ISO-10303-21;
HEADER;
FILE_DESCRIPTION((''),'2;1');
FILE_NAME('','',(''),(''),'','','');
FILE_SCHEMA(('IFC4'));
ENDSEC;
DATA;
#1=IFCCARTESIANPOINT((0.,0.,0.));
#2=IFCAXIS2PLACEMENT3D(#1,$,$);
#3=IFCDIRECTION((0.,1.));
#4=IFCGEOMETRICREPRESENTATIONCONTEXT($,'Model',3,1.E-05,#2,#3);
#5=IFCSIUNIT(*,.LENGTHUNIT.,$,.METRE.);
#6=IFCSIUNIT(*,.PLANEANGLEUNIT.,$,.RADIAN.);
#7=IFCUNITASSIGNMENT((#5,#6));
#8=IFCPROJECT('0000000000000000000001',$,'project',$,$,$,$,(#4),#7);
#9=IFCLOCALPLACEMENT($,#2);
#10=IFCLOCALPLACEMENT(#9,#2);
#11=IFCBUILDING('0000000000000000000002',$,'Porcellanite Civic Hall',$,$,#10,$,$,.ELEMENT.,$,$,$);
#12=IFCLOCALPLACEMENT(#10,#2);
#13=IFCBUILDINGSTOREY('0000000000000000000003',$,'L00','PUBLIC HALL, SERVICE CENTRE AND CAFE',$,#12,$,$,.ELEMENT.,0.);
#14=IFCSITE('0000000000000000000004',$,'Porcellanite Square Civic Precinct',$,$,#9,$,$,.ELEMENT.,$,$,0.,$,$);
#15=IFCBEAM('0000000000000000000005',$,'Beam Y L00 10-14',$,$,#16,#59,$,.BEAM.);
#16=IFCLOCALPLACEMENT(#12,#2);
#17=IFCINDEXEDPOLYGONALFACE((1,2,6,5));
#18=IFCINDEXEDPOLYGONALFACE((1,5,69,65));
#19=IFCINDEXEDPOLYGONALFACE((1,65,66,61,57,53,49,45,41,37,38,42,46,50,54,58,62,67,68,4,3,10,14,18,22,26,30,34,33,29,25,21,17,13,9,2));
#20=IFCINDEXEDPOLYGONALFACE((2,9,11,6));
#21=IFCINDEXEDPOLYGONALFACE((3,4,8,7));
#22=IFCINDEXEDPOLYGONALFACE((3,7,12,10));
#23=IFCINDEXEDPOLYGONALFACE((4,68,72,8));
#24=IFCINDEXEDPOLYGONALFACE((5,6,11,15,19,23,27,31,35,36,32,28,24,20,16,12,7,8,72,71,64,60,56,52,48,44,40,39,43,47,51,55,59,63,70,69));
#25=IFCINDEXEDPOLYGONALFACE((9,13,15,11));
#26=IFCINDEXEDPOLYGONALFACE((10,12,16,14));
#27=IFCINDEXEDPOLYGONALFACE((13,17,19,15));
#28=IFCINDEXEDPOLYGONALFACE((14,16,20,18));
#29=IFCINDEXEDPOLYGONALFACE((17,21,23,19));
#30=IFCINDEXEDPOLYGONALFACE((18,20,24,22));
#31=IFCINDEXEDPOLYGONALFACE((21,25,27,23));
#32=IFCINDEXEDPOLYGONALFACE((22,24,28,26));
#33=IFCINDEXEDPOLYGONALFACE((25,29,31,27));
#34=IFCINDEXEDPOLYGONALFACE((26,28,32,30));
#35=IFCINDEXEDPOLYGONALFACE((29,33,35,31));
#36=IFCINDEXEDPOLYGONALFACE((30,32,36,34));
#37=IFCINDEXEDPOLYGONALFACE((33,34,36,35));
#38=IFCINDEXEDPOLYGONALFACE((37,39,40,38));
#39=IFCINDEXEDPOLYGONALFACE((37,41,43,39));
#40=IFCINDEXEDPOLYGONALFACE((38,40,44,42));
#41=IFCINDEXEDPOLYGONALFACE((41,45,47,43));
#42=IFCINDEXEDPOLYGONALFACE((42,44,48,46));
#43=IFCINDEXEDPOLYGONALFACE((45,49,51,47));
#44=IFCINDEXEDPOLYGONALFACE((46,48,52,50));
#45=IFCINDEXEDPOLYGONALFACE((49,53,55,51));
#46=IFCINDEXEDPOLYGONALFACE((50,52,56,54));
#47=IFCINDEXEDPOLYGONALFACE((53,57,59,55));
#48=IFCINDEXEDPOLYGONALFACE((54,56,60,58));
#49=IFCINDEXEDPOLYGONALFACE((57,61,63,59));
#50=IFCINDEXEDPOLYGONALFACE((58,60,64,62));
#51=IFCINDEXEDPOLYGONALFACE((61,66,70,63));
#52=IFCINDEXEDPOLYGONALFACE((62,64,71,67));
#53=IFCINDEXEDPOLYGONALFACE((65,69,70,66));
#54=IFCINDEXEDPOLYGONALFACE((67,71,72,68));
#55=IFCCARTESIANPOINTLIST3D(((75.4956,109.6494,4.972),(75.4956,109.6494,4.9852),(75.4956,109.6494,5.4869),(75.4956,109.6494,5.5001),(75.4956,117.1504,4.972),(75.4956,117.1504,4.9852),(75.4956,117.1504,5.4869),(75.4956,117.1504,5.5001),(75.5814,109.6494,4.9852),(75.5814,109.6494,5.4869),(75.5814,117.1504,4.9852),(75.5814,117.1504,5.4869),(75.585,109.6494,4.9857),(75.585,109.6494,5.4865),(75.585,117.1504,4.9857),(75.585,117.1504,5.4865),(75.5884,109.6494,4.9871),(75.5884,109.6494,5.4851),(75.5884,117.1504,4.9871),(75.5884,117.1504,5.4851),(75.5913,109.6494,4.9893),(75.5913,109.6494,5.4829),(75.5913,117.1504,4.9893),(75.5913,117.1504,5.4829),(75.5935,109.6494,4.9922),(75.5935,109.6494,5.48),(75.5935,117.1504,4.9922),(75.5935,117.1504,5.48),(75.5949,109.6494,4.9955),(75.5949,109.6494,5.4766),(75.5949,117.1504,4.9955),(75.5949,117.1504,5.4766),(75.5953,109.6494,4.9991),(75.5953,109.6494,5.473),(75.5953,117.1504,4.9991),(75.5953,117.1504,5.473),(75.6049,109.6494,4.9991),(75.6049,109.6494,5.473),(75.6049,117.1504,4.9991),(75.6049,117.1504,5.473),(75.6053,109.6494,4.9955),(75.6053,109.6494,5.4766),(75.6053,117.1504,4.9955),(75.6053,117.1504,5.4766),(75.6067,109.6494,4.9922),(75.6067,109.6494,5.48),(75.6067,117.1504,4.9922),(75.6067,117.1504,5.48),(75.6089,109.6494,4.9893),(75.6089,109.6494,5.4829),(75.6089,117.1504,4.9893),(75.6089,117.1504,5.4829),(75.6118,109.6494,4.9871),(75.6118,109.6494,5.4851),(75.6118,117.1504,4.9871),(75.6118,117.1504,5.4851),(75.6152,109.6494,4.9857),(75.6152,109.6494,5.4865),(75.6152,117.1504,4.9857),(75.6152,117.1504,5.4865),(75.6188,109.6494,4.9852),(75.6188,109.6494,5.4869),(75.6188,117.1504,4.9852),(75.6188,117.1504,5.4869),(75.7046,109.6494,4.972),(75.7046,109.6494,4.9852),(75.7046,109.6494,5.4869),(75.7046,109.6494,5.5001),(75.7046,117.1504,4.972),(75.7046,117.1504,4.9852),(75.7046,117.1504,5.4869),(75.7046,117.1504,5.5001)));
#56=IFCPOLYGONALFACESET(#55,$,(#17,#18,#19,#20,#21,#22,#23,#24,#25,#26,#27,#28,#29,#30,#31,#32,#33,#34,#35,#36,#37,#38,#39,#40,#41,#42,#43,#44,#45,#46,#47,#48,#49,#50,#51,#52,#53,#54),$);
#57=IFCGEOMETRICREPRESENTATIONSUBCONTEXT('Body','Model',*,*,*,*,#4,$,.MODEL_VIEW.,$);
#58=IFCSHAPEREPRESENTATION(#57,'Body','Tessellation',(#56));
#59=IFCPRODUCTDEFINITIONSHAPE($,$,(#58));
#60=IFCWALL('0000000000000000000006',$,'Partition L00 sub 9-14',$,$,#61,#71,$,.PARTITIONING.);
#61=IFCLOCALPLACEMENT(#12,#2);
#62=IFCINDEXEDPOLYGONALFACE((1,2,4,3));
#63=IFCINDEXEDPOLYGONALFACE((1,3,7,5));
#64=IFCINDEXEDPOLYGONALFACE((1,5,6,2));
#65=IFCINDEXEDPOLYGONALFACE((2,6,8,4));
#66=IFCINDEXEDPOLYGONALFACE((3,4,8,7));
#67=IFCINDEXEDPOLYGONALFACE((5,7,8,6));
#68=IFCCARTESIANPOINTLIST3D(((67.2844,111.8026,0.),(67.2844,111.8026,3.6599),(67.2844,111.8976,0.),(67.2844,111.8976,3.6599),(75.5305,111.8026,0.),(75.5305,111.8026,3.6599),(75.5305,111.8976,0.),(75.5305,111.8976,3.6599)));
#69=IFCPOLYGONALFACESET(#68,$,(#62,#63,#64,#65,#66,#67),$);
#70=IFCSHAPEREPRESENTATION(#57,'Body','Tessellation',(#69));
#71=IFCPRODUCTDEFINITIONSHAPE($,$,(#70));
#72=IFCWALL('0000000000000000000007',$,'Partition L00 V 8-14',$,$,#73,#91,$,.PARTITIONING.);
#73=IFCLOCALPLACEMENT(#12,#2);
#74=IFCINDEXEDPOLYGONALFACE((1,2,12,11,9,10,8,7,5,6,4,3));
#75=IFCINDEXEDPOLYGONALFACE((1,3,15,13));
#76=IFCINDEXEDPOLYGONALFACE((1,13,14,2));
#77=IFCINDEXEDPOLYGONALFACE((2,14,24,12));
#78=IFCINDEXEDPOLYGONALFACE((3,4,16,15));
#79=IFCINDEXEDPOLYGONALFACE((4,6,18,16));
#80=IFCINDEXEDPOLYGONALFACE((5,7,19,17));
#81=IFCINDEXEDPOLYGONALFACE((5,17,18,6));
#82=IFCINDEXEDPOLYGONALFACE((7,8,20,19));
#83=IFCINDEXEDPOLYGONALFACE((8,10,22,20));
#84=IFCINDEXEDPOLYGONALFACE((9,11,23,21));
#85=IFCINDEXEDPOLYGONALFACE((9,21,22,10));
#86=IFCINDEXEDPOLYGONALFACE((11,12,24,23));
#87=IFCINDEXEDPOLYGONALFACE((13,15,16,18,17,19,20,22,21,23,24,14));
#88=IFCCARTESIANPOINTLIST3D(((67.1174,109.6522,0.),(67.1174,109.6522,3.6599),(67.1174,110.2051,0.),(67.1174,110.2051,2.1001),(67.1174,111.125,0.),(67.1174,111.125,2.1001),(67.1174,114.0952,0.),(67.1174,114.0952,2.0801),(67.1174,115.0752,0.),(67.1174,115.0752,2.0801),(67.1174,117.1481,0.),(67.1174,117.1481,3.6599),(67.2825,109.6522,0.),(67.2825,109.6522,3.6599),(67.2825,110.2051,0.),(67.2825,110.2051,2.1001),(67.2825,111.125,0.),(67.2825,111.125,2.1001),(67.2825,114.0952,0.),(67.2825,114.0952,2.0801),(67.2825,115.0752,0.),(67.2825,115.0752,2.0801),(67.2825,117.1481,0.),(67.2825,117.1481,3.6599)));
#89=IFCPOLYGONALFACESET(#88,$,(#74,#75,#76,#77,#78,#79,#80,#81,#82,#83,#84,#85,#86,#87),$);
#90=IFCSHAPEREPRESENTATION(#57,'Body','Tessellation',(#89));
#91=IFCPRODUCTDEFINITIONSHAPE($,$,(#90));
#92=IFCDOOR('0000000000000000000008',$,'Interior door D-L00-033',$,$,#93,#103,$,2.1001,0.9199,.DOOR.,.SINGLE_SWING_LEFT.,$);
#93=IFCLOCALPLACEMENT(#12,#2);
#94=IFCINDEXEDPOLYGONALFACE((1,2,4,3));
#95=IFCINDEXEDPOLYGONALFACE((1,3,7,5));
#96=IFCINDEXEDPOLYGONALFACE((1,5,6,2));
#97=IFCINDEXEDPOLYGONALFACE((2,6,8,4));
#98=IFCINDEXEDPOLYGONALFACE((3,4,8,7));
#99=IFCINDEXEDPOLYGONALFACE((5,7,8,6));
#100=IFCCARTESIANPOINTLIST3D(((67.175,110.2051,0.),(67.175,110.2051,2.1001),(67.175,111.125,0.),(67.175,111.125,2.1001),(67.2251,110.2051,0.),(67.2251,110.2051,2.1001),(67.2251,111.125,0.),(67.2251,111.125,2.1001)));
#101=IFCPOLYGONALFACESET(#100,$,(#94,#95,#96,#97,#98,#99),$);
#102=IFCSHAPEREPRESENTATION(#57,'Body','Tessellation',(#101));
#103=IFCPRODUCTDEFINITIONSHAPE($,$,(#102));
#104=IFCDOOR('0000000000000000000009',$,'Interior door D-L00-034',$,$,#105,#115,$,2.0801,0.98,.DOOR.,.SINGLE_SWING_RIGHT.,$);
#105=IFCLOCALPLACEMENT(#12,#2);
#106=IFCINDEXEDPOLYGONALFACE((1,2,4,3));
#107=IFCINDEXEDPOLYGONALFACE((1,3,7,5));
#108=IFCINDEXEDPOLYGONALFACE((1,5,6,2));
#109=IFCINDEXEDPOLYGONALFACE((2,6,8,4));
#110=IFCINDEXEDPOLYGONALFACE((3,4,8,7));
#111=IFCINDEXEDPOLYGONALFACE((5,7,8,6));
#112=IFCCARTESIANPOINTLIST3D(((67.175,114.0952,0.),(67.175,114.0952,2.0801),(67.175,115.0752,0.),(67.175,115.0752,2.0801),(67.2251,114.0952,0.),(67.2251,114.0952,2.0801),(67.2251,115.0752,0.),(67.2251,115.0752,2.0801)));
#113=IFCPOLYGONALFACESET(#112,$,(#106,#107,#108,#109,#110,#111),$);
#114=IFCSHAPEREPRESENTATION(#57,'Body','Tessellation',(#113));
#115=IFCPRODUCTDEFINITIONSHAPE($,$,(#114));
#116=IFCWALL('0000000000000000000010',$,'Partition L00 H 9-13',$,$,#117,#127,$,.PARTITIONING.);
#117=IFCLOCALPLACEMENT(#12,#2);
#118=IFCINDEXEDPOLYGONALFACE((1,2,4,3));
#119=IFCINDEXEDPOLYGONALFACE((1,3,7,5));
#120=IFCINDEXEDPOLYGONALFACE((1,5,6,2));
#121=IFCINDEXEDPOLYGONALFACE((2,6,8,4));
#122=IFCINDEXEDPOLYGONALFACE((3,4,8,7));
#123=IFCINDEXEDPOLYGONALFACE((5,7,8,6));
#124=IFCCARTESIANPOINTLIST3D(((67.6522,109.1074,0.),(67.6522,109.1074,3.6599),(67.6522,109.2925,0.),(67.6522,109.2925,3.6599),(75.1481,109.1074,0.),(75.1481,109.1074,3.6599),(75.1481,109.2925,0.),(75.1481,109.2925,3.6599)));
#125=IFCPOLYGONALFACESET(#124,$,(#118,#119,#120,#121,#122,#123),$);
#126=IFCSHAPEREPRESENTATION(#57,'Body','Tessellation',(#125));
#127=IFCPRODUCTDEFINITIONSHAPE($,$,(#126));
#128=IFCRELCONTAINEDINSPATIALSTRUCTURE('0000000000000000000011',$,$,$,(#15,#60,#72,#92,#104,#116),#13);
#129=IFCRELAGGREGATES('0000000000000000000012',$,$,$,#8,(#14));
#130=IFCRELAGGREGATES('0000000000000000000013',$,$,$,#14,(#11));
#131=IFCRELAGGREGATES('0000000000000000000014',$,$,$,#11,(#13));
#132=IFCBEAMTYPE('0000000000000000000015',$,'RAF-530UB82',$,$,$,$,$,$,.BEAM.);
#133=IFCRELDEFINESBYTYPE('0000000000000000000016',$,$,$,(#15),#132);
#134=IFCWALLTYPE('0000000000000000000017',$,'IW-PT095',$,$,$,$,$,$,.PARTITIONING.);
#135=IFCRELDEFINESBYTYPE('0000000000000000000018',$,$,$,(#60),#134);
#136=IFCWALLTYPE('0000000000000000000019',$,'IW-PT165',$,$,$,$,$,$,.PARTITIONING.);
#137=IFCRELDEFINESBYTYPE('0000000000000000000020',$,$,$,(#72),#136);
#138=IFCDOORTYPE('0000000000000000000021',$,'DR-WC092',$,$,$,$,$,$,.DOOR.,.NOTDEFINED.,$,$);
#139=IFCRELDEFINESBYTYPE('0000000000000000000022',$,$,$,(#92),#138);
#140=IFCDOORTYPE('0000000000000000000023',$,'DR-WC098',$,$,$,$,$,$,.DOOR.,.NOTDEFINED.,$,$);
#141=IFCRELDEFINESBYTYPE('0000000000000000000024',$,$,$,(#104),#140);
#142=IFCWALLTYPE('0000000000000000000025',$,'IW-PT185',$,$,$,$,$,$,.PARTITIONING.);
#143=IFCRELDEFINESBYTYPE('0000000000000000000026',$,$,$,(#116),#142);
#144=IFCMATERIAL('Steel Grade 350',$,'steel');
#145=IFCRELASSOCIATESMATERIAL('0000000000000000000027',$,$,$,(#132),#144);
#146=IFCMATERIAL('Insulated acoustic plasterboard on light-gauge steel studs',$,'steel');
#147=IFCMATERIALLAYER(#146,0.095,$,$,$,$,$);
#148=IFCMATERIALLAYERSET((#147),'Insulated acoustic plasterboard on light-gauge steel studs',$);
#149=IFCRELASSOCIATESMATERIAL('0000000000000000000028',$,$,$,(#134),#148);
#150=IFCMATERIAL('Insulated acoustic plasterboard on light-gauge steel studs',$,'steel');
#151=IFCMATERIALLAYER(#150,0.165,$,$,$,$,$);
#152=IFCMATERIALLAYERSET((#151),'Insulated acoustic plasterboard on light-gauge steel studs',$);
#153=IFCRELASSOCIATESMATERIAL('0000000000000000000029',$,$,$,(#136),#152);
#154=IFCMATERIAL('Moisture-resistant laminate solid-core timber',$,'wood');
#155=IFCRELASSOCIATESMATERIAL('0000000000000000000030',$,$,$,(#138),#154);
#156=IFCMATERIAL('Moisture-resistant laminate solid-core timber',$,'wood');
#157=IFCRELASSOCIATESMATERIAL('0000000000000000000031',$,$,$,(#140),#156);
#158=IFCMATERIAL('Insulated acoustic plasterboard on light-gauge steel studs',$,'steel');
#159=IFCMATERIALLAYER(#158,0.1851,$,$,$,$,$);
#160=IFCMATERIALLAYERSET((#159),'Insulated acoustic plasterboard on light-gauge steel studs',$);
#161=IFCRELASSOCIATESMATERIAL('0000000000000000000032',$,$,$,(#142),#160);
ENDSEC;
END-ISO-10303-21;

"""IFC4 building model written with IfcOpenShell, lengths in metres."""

from ifc_helpers import new_model, si_unit, direction, frame, frame_2d, origin, origin_2d, place, context, subcontext, project, spatial, rectangle, i_section, extrude, material, layer, layer_set, material_profile, profile_set, type_object, element, fill, save


model = new_model("IFC4")

# Units and contexts
model_context = context("Model", 3, precision=1e-05, world=origin(), true_north=direction((0.0, 1.0)))
body_context = subcontext(model_context, "Body", "Model", "MODEL_VIEW")
ifc_project = project(units=[si_unit("LENGTHUNIT", "METRE"), si_unit("PLANEANGLEUNIT", "RADIAN")], contexts=[model_context])

# Site, building, storey
site_placement = place(None, origin())
site = spatial("IfcSite", under=ifc_project, at=site_placement, Name="Porcellanite Square Civic Precinct", CompositionType="ELEMENT", RefElevation=0.0)
building_placement = place(site_placement, origin())
building = spatial("IfcBuilding", under=site, at=building_placement, Name="Porcellanite Civic Hall", CompositionType="ELEMENT")
storey_placement = place(building_placement, origin())
storey = spatial("IfcBuildingStorey", under=building, at=storey_placement, Name="L00", Description="PUBLIC HALL, SERVICE CENTRE AND CAFE", CompositionType="ELEMENT", Elevation=0.0)

# Beam
ifc_material_1 = material(Name="Steel Grade 350", Category="steel")
ifc_material_profile_1 = material_profile(ifc_material_1, i_section(OverallWidth=0.209, OverallDepth=0.5281, WebThickness=0.0095, FlangeThickness=0.0132, FilletRadius=0.0139, at=origin_2d()), Name="530UB82.0")
ifc_profile_set_1 = profile_set([ifc_material_profile_1], Name="Steel Grade 350")
beam_type_1 = type_object("IfcBeamType", Name="RAF-530UB82", PredefinedType="BEAM", material=ifc_profile_set_1)
beam_1_placement = place(storey_placement, frame((75.6001, 109.6494, 5.2361), z_axis=(0.0, 1.0, 0.0), x_axis=(-1.0, 0.0, 0.0)))
element("IfcBeam", 1, at=beam_1_placement, inside=storey, type_object=beam_type_1, Name="Beam Y L00 10-14", PredefinedType="BEAM", context=body_context, shape_type="SweptSolid", body=[
    extrude(i_section(OverallWidth=0.209, OverallDepth=0.5281, WebThickness=0.0095, FlangeThickness=0.0132, FilletRadius=0.0139, at=origin_2d()), origin(), (0.0, 0.0, 1.0), 7.501),
])

# Wall
ifc_material_2 = material(Name="Insulated acoustic plasterboard on light-gauge steel studs", Category="steel")
ifc_layer_1 = layer(ifc_material_2, 0.095)
ifc_layer_set_1 = layer_set([ifc_layer_1], Name="Insulated acoustic plasterboard on light-gauge steel studs")
wall_type_1 = type_object("IfcWallType", Name="IW-PT095", PredefinedType="PARTITIONING", material=ifc_layer_set_1)
wall_1_placement = place(storey_placement, frame((67.2844, 111.8501, 0.0), z_axis=(0.0, 0.0, 1.0), x_axis=(1.0, 0.0, 0.0)))
element("IfcWall", 2, at=wall_1_placement, inside=storey, type_object=wall_type_1, Name="Partition L00 sub 9-14", PredefinedType="PARTITIONING", context=body_context, shape_type="SweptSolid", body=[
    extrude(rectangle(XDim=8.2461, YDim=0.095, at=frame_2d((4.123, 0.0))), origin(), (0.0, 0.0, 1.0), 3.6599),
])

# Wall, openings, doors
ifc_material_3 = material(Name="Insulated acoustic plasterboard on light-gauge steel studs", Category="steel")
ifc_layer_2 = layer(ifc_material_3, 0.165)
ifc_layer_set_2 = layer_set([ifc_layer_2], Name="Insulated acoustic plasterboard on light-gauge steel studs")
wall_type_2 = type_object("IfcWallType", Name="IW-PT165", PredefinedType="PARTITIONING", material=ifc_layer_set_2)
wall_2_placement = place(storey_placement, frame((67.2, 109.6521, 0.0), z_axis=(0.0, 0.0, 1.0), x_axis=(0.0, 1.0, 0.0)))
wall_2 = element("IfcWall", 3, at=wall_2_placement, inside=storey, type_object=wall_type_2, Name="Partition L00 V 8-14", PredefinedType="PARTITIONING", context=body_context, shape_type="SweptSolid", body=[
    extrude(rectangle(XDim=7.4958, YDim=0.165, at=frame_2d((3.748, 0.0))), origin(), (0.0, 0.0, 1.0), 3.6599),
])
opening_1_placement = place(wall_2_placement, frame((0.553, 0.0, 0.0)))
opening_1 = element("IfcOpeningElement", 4, at=opening_1_placement, cuts=wall_2, PredefinedType="OPENING", context=body_context, shape_type="SweptSolid", body=[
    extrude(rectangle(XDim=0.9199, YDim=2.1001, at=frame_2d((0.46, 1.05))), frame((0.0, 0.0825, 0.0), z_axis=(0.0, -1.0, 0.0), x_axis=(1.0, 0.0, 0.0)), (0.0, 0.0, 1.0), 0.165),
])
opening_2_placement = place(wall_2_placement, frame((4.4431, 0.0, 0.0)))
opening_2 = element("IfcOpeningElement", 5, at=opening_2_placement, cuts=wall_2, PredefinedType="OPENING", context=body_context, shape_type="SweptSolid", body=[
    extrude(rectangle(XDim=0.98, YDim=2.0801, at=frame_2d((0.49, 1.04))), frame((0.0, 0.0825, 0.0), z_axis=(0.0, -1.0, 0.0), x_axis=(1.0, 0.0, 0.0)), (0.0, 0.0, 1.0), 0.165),
])
ifc_material_4 = material(Name="Moisture-resistant laminate solid-core timber", Category="wood")
door_type_1 = type_object("IfcDoorType", Name="DR-WC092", OperationType="NOTDEFINED", PredefinedType="DOOR", material=ifc_material_4)
door_1_placement = place(opening_1_placement, origin())
door_1 = element("IfcDoor", 6, at=door_1_placement, inside=storey, type_object=door_type_1, Name="Interior door D-L00-033", OperationType="SINGLE_SWING_LEFT", OverallHeight=2.1001, OverallWidth=0.9199, PredefinedType="DOOR", context=body_context, shape_type="SweptSolid", body=[
    extrude(rectangle(XDim=0.9199, YDim=2.1001, at=frame_2d((0.46, 1.05))), frame((0.0, 0.0249, 0.0), z_axis=(0.0, -1.0, 0.0), x_axis=(1.0, 0.0, 0.0)), (0.0, 0.0, 1.0), 0.05),
])
fill(opening_1, door_1)
ifc_material_5 = material(Name="Moisture-resistant laminate solid-core timber", Category="wood")
door_type_2 = type_object("IfcDoorType", Name="DR-WC098", OperationType="NOTDEFINED", PredefinedType="DOOR", material=ifc_material_5)
door_2_placement = place(opening_2_placement, origin())
door_2 = element("IfcDoor", 7, at=door_2_placement, inside=storey, type_object=door_type_2, Name="Interior door D-L00-034", OperationType="SINGLE_SWING_RIGHT", OverallHeight=2.0801, OverallWidth=0.98, PredefinedType="DOOR", context=body_context, shape_type="SweptSolid", body=[
    extrude(rectangle(XDim=0.98, YDim=2.0801, at=frame_2d((0.49, 1.04))), frame((0.0, 0.0249, 0.0), z_axis=(0.0, -1.0, 0.0), x_axis=(1.0, 0.0, 0.0)), (0.0, 0.0, 1.0), 0.05),
])
fill(opening_2, door_2)

# Wall
ifc_material_6 = material(Name="Insulated acoustic plasterboard on light-gauge steel studs", Category="steel")
ifc_layer_3 = layer(ifc_material_6, 0.1851)
ifc_layer_set_3 = layer_set([ifc_layer_3], Name="Insulated acoustic plasterboard on light-gauge steel studs")
wall_type_3 = type_object("IfcWallType", Name="IW-PT185", PredefinedType="PARTITIONING", material=ifc_layer_set_3)
wall_3_placement = place(storey_placement, frame((67.6521, 109.2, 0.0), z_axis=(0.0, 0.0, 1.0), x_axis=(1.0, 0.0, 0.0)))
element("IfcWall", 8, at=wall_3_placement, inside=storey, type_object=wall_type_3, Name="Partition L00 H 9-13", PredefinedType="PARTITIONING", context=body_context, shape_type="SweptSolid", body=[
    extrude(rectangle(XDim=7.4958, YDim=0.1851, at=frame_2d((3.748, 0.0))), origin(), (0.0, 0.0, 1.0), 3.6599),
])

save(model, "model.ifc")
